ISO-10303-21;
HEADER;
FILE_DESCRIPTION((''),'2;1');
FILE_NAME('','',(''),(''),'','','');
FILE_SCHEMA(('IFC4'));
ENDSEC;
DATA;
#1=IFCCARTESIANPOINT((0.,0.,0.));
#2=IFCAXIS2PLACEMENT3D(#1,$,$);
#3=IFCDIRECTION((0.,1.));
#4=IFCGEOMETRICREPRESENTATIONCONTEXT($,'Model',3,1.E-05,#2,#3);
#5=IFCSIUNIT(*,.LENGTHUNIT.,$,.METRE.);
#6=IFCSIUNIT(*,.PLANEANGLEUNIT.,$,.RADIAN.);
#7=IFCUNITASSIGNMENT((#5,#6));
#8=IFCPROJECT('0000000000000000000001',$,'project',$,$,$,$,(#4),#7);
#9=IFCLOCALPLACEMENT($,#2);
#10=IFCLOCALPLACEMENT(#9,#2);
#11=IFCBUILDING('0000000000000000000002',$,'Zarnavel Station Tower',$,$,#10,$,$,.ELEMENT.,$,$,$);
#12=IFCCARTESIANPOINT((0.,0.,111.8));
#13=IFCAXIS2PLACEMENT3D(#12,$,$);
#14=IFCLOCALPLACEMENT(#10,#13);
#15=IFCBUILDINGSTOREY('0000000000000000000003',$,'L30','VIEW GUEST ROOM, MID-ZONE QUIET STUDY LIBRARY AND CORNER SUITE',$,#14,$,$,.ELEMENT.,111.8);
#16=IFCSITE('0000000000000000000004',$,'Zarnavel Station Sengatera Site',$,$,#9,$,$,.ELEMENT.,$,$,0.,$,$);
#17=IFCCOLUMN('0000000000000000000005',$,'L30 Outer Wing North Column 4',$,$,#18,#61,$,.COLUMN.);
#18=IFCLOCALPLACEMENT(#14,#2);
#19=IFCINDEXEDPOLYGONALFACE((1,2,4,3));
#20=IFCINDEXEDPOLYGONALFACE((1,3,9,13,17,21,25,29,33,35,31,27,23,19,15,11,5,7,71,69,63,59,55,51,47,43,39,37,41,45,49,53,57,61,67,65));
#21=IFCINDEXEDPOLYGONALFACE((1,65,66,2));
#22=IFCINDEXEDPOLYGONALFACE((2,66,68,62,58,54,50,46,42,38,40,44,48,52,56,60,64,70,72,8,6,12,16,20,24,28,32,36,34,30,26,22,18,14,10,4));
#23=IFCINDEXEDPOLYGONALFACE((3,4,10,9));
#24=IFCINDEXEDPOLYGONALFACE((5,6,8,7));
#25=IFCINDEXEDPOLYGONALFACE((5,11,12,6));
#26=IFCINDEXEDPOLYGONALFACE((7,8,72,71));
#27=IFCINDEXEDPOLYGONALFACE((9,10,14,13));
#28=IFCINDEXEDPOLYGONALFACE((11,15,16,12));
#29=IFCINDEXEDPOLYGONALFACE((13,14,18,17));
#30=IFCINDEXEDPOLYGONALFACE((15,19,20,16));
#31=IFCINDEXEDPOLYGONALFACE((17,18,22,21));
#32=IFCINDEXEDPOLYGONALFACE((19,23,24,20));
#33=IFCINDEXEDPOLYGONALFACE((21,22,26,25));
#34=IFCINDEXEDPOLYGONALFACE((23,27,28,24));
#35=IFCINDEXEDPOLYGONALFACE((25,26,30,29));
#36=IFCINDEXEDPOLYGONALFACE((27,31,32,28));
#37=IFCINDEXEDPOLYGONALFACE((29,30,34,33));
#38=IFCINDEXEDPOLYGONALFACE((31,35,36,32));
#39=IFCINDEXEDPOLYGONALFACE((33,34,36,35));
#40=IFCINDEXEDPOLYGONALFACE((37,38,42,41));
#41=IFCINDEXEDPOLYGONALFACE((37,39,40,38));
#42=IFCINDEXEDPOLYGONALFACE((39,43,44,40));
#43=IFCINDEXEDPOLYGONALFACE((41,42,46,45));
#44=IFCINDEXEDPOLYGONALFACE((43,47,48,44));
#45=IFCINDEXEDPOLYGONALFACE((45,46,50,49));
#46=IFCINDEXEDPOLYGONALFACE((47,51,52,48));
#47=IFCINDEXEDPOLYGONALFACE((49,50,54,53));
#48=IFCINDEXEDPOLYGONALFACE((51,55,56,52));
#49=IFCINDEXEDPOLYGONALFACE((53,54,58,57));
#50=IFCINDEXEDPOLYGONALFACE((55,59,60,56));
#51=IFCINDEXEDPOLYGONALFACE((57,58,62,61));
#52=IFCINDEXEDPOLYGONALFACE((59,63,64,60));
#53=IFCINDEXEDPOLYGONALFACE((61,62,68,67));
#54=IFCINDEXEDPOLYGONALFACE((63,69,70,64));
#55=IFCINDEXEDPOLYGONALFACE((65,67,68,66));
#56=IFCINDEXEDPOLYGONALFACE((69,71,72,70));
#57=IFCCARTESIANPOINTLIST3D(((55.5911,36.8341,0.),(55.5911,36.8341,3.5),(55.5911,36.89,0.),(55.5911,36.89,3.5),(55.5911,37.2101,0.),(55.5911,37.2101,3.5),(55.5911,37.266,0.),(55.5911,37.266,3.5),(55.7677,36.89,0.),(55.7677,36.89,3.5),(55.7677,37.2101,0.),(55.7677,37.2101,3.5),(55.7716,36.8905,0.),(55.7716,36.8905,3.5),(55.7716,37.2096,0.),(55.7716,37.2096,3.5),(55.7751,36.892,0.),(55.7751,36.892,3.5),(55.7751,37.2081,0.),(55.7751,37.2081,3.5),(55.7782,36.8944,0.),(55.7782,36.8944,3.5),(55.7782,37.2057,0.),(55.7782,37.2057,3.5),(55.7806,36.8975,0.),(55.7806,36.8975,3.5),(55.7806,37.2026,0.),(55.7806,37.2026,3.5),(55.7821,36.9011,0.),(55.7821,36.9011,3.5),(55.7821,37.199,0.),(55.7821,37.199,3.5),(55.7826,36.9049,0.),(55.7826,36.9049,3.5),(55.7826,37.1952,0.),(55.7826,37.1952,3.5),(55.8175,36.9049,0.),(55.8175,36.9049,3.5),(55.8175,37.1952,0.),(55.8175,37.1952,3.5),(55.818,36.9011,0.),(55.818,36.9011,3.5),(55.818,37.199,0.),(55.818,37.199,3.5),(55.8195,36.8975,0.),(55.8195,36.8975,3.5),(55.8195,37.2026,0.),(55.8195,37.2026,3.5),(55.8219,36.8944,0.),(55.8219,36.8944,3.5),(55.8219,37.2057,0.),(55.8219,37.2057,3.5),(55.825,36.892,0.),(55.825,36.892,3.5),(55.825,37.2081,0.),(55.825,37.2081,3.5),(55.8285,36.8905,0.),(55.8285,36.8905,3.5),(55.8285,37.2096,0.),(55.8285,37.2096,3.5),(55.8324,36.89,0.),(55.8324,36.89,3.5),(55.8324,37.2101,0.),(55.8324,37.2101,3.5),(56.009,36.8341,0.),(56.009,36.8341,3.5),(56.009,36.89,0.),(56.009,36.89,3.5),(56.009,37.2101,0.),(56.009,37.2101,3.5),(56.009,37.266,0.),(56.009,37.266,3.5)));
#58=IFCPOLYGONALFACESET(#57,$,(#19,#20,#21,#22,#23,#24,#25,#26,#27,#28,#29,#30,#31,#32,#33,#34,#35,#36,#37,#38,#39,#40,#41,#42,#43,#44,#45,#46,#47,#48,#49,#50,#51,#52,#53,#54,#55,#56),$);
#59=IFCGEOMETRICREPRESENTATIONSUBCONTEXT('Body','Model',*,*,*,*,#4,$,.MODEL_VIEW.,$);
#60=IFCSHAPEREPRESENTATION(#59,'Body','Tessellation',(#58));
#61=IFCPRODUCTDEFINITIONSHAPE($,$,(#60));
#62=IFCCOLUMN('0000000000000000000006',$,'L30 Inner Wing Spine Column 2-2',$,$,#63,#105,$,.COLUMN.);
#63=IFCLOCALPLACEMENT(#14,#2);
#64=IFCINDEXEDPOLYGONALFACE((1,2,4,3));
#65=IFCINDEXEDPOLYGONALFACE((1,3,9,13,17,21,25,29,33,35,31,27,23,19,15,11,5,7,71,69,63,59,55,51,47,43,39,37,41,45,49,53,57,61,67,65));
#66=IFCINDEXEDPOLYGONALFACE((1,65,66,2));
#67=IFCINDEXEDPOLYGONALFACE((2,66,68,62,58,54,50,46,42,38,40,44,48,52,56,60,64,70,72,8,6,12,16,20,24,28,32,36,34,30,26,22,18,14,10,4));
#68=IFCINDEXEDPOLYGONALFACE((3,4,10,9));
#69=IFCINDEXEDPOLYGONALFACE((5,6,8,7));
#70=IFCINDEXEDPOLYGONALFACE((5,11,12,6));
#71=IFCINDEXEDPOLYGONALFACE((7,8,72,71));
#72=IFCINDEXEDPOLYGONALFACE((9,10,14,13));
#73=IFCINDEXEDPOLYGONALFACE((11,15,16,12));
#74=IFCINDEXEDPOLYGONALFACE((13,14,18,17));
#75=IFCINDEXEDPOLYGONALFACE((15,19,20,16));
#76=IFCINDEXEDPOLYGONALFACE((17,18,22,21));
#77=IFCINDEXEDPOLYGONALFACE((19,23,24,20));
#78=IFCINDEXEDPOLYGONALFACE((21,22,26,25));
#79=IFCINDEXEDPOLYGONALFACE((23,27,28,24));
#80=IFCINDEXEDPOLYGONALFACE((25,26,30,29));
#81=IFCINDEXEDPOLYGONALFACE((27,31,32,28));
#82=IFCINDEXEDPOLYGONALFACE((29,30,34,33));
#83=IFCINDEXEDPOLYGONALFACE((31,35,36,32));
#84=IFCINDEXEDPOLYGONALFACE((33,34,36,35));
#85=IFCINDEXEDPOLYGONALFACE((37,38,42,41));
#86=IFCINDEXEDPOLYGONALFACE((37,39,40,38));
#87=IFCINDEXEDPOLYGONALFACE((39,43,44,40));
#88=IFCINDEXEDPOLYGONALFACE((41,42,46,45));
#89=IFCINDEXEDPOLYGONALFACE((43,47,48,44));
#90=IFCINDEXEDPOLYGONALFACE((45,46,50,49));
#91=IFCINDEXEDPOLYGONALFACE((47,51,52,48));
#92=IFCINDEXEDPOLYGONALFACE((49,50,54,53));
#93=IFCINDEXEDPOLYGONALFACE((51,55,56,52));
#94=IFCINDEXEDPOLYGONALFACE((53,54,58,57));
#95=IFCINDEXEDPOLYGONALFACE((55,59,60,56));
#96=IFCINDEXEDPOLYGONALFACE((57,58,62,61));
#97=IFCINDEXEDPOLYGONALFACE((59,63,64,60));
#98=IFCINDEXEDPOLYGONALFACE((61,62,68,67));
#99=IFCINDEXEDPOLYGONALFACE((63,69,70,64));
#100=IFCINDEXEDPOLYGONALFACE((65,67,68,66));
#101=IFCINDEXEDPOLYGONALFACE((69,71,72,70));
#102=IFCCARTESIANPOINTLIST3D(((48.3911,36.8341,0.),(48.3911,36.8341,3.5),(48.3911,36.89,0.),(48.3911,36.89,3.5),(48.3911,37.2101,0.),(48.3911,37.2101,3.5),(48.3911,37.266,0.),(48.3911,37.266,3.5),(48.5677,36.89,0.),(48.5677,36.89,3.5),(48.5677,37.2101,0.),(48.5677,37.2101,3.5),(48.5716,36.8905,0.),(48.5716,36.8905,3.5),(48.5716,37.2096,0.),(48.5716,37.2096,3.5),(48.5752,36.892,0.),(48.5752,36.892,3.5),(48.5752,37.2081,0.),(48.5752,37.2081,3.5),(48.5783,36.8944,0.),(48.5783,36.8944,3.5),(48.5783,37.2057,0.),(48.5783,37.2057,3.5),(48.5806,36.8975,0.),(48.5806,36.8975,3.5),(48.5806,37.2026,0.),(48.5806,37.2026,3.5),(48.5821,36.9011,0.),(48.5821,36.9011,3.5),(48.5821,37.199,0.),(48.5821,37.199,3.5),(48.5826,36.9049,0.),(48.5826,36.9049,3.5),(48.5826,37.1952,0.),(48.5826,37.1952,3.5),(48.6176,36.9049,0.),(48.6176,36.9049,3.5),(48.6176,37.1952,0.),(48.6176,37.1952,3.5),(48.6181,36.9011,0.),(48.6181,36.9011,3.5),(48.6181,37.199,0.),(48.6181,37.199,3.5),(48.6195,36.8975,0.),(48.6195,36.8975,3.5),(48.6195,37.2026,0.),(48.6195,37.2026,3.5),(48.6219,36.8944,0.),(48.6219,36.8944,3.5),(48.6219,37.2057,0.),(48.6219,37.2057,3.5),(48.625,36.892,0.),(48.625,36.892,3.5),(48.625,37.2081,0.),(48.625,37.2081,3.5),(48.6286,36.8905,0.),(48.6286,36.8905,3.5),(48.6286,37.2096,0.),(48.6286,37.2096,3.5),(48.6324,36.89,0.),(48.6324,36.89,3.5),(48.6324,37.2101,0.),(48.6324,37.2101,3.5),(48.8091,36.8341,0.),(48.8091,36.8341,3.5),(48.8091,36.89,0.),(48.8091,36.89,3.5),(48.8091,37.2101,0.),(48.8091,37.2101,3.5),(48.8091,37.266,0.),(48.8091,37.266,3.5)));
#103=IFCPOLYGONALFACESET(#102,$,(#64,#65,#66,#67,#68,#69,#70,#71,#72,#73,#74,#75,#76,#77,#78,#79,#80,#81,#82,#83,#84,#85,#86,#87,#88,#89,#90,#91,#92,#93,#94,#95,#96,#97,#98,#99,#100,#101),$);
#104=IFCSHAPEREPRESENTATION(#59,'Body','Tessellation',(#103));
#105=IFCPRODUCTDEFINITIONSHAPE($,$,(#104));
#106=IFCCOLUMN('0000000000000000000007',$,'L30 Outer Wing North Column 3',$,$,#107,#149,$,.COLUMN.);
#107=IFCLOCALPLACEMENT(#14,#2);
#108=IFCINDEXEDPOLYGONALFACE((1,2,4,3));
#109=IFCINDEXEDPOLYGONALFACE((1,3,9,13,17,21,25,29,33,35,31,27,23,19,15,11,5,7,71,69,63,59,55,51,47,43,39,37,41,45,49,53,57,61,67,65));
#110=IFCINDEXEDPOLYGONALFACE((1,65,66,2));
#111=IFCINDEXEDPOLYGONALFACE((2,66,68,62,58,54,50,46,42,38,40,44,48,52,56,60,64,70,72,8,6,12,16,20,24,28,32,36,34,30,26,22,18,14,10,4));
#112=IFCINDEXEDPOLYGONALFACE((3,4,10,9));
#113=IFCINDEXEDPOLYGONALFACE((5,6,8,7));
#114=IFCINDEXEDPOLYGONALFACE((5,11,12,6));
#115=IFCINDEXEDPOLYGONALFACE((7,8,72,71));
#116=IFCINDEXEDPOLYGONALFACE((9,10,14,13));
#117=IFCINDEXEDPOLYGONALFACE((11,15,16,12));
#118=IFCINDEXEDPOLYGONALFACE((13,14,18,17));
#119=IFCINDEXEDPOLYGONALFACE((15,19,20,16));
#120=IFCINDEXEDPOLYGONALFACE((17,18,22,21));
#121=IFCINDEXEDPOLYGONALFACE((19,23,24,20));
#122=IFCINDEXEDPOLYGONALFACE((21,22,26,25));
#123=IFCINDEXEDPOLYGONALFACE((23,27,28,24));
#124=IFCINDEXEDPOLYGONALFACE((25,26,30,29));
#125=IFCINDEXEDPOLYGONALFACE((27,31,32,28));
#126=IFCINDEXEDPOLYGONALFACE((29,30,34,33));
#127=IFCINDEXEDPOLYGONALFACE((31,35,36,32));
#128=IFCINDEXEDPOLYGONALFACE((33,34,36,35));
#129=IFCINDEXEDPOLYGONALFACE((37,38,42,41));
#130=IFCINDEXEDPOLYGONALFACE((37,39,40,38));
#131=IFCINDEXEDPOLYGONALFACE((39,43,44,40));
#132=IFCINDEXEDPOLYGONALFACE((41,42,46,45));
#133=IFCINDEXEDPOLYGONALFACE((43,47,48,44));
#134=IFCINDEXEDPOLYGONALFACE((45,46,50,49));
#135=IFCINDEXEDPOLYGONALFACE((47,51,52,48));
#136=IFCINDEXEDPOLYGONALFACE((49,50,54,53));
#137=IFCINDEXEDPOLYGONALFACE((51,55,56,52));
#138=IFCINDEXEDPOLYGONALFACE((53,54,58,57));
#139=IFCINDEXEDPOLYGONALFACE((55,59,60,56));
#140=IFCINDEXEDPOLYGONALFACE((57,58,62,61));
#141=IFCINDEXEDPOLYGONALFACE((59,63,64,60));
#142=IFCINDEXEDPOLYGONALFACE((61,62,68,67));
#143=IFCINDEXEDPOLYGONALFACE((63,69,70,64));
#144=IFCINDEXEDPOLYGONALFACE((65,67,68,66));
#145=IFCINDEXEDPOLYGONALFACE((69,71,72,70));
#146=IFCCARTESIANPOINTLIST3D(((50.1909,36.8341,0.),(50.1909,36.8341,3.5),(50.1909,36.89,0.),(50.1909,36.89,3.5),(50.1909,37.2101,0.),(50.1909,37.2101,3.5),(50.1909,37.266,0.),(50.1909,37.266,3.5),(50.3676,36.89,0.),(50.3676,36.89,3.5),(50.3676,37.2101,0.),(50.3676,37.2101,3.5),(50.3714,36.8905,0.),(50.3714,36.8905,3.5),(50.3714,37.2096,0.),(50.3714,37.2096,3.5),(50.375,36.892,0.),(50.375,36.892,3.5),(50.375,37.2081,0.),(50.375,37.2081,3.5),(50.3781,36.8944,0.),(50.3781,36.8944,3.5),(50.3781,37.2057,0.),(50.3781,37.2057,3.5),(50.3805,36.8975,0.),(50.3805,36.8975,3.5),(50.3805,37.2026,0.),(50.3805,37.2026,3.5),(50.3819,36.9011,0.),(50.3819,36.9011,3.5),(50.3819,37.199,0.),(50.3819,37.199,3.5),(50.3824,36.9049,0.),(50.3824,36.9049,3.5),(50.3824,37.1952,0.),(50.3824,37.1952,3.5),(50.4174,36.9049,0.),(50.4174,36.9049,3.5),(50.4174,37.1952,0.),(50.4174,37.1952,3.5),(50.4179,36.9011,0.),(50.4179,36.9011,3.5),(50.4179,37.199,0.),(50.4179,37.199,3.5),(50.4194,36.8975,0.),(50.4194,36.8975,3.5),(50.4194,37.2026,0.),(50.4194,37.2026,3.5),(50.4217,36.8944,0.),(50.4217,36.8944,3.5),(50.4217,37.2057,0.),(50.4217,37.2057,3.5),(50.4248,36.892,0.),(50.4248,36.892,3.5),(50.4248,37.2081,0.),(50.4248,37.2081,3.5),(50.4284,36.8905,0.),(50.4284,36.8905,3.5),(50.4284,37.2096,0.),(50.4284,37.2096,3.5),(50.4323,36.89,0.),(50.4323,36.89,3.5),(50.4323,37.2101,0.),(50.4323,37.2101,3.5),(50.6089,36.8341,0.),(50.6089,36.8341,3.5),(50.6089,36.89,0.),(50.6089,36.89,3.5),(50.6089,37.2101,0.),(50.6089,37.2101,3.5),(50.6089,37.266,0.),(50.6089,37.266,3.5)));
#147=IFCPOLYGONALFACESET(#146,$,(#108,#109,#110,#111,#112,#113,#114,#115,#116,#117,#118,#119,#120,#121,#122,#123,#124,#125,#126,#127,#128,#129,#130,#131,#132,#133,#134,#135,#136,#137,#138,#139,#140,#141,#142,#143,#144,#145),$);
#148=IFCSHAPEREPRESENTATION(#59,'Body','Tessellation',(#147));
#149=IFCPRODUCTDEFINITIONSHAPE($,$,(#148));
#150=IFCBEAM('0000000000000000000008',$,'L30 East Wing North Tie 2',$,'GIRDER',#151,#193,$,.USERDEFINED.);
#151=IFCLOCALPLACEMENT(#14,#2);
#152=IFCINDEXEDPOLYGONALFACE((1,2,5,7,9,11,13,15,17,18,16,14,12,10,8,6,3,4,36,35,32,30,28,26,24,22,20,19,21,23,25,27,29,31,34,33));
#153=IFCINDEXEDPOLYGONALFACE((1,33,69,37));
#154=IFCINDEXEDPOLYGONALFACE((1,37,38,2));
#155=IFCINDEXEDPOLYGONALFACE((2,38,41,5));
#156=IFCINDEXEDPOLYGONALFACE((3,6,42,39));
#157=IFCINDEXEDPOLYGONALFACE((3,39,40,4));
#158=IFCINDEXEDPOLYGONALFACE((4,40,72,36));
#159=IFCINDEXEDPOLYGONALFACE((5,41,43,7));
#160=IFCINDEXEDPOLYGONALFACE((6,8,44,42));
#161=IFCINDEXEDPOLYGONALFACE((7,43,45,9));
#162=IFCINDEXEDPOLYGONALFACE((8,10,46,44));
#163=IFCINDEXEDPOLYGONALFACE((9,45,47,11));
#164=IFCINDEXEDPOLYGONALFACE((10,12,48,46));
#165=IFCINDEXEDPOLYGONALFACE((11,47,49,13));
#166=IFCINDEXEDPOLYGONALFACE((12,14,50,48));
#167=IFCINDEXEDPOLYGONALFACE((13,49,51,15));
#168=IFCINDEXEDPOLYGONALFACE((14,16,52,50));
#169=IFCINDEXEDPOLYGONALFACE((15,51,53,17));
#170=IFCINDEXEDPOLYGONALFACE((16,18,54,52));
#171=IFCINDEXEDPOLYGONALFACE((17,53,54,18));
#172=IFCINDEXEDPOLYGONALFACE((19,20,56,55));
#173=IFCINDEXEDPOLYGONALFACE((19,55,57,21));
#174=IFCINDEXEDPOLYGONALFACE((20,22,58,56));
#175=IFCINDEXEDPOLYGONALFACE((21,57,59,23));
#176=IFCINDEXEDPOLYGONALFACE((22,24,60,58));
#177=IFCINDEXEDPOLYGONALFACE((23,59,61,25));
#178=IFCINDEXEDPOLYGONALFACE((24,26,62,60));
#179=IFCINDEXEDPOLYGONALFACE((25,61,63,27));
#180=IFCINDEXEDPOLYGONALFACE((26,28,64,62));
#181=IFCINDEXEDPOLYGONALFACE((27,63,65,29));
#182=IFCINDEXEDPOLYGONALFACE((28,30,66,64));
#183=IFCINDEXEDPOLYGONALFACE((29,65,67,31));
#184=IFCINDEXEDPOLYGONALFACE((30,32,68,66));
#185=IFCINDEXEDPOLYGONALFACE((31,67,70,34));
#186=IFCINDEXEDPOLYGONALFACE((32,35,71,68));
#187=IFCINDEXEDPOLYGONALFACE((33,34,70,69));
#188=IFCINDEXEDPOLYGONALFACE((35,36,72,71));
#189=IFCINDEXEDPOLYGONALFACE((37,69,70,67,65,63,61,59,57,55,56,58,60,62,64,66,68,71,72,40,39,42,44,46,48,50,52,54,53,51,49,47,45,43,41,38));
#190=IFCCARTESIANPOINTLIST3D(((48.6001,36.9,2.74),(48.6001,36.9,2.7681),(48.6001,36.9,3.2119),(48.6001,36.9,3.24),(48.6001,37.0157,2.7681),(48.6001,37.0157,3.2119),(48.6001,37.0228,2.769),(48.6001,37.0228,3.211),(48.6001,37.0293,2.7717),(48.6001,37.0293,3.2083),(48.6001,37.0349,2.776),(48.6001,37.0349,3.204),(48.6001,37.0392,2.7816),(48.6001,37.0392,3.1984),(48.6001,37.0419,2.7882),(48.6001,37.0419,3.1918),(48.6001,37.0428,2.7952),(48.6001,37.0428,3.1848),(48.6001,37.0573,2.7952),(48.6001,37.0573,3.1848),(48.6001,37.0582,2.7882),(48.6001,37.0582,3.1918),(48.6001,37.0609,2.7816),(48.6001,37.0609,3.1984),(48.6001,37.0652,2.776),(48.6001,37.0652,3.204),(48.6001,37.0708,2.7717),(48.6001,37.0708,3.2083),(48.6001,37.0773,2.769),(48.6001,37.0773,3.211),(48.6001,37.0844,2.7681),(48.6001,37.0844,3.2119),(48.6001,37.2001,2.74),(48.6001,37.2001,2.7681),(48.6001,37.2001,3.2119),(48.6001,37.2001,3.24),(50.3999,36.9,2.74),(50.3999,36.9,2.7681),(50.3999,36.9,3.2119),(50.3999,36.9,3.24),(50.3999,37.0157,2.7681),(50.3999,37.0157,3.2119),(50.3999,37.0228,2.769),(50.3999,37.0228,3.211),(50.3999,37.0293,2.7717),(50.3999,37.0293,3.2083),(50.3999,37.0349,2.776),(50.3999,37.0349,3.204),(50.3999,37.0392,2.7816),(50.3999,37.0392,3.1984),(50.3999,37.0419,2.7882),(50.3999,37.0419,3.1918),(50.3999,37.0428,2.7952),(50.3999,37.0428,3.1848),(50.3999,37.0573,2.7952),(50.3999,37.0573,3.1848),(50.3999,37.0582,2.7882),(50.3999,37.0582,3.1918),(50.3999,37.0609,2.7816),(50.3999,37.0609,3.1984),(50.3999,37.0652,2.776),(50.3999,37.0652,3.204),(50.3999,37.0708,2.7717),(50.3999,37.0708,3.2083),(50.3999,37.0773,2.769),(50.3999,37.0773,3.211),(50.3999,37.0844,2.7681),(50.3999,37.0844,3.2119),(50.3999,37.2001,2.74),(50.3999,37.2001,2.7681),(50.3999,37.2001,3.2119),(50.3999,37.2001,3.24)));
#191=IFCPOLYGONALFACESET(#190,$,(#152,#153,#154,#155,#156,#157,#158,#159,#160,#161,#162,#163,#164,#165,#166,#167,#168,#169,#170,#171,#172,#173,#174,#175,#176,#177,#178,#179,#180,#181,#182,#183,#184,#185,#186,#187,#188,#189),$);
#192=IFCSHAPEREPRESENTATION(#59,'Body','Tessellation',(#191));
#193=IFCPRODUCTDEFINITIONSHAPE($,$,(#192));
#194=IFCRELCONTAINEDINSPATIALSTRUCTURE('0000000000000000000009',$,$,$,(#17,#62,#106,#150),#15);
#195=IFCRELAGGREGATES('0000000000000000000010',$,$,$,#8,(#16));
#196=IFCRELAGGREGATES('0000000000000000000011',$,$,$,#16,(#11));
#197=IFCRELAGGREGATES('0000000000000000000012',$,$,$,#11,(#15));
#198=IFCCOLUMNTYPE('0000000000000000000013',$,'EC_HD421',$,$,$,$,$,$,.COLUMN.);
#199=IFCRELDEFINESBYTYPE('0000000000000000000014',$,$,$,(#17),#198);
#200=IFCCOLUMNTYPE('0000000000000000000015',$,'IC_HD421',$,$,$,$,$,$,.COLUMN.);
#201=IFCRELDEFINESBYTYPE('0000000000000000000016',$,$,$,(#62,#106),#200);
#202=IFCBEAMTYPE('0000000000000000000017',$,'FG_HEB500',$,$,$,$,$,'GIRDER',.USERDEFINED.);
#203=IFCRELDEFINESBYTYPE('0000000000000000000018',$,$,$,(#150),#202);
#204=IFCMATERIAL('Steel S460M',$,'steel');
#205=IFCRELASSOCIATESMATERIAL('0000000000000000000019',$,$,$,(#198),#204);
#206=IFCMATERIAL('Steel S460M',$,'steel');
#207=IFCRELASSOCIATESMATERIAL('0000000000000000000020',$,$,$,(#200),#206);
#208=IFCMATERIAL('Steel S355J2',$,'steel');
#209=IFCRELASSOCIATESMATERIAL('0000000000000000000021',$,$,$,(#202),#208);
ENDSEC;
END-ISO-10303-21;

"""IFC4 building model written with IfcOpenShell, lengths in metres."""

from ifc_helpers import new_model, si_unit, direction, frame, origin, origin_2d, place, context, subcontext, project, spatial, i_section, extrude, material, material_profile, profile_set, type_object, element, save


model = new_model("IFC4")

# Units and contexts
model_context = context("Model", 3, precision=1e-05, world=origin(), true_north=direction((0.0, 1.0)))
body_context = subcontext(model_context, "Body", "Model", "MODEL_VIEW")
ifc_project = project(units=[si_unit("LENGTHUNIT", "METRE"), si_unit("PLANEANGLEUNIT", "RADIAN")], contexts=[model_context])

# Site, building, storey
site_placement = place(None, origin())
site = spatial("IfcSite", under=ifc_project, at=site_placement, Name="Zarnavel Station Sengatera Site", CompositionType="ELEMENT", RefElevation=0.0)
building_placement = place(site_placement, origin())
building = spatial("IfcBuilding", under=site, at=building_placement, Name="Zarnavel Station Tower", CompositionType="ELEMENT")
storey_placement = place(building_placement, frame((0.0, 0.0, 111.8)))
storey = spatial("IfcBuildingStorey", under=building, at=storey_placement, Name="L30", Description="VIEW GUEST ROOM, MID-ZONE QUIET STUDY LIBRARY AND CORNER SUITE", CompositionType="ELEMENT", Elevation=111.8)

# Columns
ifc_material_1 = material(Name="Steel S460M", Category="steel")
ifc_material_profile_1 = material_profile(ifc_material_1, i_section(OverallWidth=0.418, OverallDepth=0.4319, WebThickness=0.0349, FlangeThickness=0.0559, FilletRadius=0.0149, at=origin_2d()), Name="HD400x421")
ifc_profile_set_1 = profile_set([ifc_material_profile_1], Name="Steel S460M")
column_type_1 = type_object("IfcColumnType", Name="EC_HD421", PredefinedType="COLUMN", material=ifc_profile_set_1)
column_placement = place(storey_placement, frame((55.8, 37.05, 0.0), z_axis=(0.0, 0.0, 1.0), x_axis=(1.0, 0.0, 0.0)))
element("IfcColumn", 1, at=column_placement, inside=storey, type_object=column_type_1, Name="L30 Outer Wing North Column 4", PredefinedType="COLUMN", context=body_context, shape_type="SweptSolid", body=[
    extrude(i_section(OverallWidth=0.418, OverallDepth=0.4319, WebThickness=0.0349, FlangeThickness=0.0559, FilletRadius=0.0149, at=origin_2d()), origin(), (0.0, 0.0, 1.0), 3.5),
])
ifc_material_2 = material(Name="Steel S460M", Category="steel")
ifc_material_profile_2 = material_profile(ifc_material_2, i_section(OverallWidth=0.418, OverallDepth=0.4319, WebThickness=0.0349, FlangeThickness=0.0559, FilletRadius=0.0149, at=origin_2d()), Name="HD400x421")
ifc_profile_set_2 = profile_set([ifc_material_profile_2], Name="Steel S460M")
column_type_2 = type_object("IfcColumnType", Name="IC_HD421", PredefinedType="COLUMN", material=ifc_profile_set_2)
for number, where, z_axis, x_axis, name in (
    (2, (48.6001, 37.05, 0.0), (0.0, 0.0, 1.0), (1.0, 0.0, 0.0), "L30 Inner Wing Spine Column 2-2"),
    (3, (50.3999, 37.05, 0.0), (0.0, 0.0, 1.0), (1.0, 0.0, 0.0), "L30 Outer Wing North Column 3"),
):
    element("IfcColumn", number, at=place(storey_placement, frame(where, z_axis=z_axis, x_axis=x_axis)), inside=storey, type_object=column_type_2, Name=name, PredefinedType="COLUMN", context=body_context, shape_type="SweptSolid", body=[
        extrude(i_section(OverallWidth=0.418, OverallDepth=0.4319, WebThickness=0.0349, FlangeThickness=0.0559, FilletRadius=0.0149, at=origin_2d()), origin(), (0.0, 0.0, 1.0), 3.5),
    ])

# Beam
ifc_material_3 = material(Name="Steel S355J2", Category="steel")
ifc_material_profile_3 = material_profile(ifc_material_3, i_section(OverallWidth=0.3, OverallDepth=0.5, WebThickness=0.0144, FlangeThickness=0.0281, FilletRadius=0.0271, at=origin_2d()), Name="HEB500")
ifc_profile_set_3 = profile_set([ifc_material_profile_3], Name="Steel S355J2")
beam_type = type_object("IfcBeamType", Name="FG_HEB500", ElementType="GIRDER", PredefinedType="USERDEFINED", material=ifc_profile_set_3)
beam_1_placement = place(storey_placement, frame((48.6001, 37.05, 2.99), z_axis=(1.0, 0.0, 0.0), x_axis=(0.0, 1.0, 0.0)))
element("IfcBeam", 4, at=beam_1_placement, inside=storey, type_object=beam_type, Name="L30 East Wing North Tie 2", ObjectType="GIRDER", PredefinedType="USERDEFINED", context=body_context, shape_type="SweptSolid", body=[
    extrude(i_section(OverallWidth=0.3, OverallDepth=0.5, WebThickness=0.0144, FlangeThickness=0.0281, FilletRadius=0.0271, at=origin_2d()), origin(), (0.0, 0.0, 1.0), 1.7998),
])

save(model, "model.ifc")
